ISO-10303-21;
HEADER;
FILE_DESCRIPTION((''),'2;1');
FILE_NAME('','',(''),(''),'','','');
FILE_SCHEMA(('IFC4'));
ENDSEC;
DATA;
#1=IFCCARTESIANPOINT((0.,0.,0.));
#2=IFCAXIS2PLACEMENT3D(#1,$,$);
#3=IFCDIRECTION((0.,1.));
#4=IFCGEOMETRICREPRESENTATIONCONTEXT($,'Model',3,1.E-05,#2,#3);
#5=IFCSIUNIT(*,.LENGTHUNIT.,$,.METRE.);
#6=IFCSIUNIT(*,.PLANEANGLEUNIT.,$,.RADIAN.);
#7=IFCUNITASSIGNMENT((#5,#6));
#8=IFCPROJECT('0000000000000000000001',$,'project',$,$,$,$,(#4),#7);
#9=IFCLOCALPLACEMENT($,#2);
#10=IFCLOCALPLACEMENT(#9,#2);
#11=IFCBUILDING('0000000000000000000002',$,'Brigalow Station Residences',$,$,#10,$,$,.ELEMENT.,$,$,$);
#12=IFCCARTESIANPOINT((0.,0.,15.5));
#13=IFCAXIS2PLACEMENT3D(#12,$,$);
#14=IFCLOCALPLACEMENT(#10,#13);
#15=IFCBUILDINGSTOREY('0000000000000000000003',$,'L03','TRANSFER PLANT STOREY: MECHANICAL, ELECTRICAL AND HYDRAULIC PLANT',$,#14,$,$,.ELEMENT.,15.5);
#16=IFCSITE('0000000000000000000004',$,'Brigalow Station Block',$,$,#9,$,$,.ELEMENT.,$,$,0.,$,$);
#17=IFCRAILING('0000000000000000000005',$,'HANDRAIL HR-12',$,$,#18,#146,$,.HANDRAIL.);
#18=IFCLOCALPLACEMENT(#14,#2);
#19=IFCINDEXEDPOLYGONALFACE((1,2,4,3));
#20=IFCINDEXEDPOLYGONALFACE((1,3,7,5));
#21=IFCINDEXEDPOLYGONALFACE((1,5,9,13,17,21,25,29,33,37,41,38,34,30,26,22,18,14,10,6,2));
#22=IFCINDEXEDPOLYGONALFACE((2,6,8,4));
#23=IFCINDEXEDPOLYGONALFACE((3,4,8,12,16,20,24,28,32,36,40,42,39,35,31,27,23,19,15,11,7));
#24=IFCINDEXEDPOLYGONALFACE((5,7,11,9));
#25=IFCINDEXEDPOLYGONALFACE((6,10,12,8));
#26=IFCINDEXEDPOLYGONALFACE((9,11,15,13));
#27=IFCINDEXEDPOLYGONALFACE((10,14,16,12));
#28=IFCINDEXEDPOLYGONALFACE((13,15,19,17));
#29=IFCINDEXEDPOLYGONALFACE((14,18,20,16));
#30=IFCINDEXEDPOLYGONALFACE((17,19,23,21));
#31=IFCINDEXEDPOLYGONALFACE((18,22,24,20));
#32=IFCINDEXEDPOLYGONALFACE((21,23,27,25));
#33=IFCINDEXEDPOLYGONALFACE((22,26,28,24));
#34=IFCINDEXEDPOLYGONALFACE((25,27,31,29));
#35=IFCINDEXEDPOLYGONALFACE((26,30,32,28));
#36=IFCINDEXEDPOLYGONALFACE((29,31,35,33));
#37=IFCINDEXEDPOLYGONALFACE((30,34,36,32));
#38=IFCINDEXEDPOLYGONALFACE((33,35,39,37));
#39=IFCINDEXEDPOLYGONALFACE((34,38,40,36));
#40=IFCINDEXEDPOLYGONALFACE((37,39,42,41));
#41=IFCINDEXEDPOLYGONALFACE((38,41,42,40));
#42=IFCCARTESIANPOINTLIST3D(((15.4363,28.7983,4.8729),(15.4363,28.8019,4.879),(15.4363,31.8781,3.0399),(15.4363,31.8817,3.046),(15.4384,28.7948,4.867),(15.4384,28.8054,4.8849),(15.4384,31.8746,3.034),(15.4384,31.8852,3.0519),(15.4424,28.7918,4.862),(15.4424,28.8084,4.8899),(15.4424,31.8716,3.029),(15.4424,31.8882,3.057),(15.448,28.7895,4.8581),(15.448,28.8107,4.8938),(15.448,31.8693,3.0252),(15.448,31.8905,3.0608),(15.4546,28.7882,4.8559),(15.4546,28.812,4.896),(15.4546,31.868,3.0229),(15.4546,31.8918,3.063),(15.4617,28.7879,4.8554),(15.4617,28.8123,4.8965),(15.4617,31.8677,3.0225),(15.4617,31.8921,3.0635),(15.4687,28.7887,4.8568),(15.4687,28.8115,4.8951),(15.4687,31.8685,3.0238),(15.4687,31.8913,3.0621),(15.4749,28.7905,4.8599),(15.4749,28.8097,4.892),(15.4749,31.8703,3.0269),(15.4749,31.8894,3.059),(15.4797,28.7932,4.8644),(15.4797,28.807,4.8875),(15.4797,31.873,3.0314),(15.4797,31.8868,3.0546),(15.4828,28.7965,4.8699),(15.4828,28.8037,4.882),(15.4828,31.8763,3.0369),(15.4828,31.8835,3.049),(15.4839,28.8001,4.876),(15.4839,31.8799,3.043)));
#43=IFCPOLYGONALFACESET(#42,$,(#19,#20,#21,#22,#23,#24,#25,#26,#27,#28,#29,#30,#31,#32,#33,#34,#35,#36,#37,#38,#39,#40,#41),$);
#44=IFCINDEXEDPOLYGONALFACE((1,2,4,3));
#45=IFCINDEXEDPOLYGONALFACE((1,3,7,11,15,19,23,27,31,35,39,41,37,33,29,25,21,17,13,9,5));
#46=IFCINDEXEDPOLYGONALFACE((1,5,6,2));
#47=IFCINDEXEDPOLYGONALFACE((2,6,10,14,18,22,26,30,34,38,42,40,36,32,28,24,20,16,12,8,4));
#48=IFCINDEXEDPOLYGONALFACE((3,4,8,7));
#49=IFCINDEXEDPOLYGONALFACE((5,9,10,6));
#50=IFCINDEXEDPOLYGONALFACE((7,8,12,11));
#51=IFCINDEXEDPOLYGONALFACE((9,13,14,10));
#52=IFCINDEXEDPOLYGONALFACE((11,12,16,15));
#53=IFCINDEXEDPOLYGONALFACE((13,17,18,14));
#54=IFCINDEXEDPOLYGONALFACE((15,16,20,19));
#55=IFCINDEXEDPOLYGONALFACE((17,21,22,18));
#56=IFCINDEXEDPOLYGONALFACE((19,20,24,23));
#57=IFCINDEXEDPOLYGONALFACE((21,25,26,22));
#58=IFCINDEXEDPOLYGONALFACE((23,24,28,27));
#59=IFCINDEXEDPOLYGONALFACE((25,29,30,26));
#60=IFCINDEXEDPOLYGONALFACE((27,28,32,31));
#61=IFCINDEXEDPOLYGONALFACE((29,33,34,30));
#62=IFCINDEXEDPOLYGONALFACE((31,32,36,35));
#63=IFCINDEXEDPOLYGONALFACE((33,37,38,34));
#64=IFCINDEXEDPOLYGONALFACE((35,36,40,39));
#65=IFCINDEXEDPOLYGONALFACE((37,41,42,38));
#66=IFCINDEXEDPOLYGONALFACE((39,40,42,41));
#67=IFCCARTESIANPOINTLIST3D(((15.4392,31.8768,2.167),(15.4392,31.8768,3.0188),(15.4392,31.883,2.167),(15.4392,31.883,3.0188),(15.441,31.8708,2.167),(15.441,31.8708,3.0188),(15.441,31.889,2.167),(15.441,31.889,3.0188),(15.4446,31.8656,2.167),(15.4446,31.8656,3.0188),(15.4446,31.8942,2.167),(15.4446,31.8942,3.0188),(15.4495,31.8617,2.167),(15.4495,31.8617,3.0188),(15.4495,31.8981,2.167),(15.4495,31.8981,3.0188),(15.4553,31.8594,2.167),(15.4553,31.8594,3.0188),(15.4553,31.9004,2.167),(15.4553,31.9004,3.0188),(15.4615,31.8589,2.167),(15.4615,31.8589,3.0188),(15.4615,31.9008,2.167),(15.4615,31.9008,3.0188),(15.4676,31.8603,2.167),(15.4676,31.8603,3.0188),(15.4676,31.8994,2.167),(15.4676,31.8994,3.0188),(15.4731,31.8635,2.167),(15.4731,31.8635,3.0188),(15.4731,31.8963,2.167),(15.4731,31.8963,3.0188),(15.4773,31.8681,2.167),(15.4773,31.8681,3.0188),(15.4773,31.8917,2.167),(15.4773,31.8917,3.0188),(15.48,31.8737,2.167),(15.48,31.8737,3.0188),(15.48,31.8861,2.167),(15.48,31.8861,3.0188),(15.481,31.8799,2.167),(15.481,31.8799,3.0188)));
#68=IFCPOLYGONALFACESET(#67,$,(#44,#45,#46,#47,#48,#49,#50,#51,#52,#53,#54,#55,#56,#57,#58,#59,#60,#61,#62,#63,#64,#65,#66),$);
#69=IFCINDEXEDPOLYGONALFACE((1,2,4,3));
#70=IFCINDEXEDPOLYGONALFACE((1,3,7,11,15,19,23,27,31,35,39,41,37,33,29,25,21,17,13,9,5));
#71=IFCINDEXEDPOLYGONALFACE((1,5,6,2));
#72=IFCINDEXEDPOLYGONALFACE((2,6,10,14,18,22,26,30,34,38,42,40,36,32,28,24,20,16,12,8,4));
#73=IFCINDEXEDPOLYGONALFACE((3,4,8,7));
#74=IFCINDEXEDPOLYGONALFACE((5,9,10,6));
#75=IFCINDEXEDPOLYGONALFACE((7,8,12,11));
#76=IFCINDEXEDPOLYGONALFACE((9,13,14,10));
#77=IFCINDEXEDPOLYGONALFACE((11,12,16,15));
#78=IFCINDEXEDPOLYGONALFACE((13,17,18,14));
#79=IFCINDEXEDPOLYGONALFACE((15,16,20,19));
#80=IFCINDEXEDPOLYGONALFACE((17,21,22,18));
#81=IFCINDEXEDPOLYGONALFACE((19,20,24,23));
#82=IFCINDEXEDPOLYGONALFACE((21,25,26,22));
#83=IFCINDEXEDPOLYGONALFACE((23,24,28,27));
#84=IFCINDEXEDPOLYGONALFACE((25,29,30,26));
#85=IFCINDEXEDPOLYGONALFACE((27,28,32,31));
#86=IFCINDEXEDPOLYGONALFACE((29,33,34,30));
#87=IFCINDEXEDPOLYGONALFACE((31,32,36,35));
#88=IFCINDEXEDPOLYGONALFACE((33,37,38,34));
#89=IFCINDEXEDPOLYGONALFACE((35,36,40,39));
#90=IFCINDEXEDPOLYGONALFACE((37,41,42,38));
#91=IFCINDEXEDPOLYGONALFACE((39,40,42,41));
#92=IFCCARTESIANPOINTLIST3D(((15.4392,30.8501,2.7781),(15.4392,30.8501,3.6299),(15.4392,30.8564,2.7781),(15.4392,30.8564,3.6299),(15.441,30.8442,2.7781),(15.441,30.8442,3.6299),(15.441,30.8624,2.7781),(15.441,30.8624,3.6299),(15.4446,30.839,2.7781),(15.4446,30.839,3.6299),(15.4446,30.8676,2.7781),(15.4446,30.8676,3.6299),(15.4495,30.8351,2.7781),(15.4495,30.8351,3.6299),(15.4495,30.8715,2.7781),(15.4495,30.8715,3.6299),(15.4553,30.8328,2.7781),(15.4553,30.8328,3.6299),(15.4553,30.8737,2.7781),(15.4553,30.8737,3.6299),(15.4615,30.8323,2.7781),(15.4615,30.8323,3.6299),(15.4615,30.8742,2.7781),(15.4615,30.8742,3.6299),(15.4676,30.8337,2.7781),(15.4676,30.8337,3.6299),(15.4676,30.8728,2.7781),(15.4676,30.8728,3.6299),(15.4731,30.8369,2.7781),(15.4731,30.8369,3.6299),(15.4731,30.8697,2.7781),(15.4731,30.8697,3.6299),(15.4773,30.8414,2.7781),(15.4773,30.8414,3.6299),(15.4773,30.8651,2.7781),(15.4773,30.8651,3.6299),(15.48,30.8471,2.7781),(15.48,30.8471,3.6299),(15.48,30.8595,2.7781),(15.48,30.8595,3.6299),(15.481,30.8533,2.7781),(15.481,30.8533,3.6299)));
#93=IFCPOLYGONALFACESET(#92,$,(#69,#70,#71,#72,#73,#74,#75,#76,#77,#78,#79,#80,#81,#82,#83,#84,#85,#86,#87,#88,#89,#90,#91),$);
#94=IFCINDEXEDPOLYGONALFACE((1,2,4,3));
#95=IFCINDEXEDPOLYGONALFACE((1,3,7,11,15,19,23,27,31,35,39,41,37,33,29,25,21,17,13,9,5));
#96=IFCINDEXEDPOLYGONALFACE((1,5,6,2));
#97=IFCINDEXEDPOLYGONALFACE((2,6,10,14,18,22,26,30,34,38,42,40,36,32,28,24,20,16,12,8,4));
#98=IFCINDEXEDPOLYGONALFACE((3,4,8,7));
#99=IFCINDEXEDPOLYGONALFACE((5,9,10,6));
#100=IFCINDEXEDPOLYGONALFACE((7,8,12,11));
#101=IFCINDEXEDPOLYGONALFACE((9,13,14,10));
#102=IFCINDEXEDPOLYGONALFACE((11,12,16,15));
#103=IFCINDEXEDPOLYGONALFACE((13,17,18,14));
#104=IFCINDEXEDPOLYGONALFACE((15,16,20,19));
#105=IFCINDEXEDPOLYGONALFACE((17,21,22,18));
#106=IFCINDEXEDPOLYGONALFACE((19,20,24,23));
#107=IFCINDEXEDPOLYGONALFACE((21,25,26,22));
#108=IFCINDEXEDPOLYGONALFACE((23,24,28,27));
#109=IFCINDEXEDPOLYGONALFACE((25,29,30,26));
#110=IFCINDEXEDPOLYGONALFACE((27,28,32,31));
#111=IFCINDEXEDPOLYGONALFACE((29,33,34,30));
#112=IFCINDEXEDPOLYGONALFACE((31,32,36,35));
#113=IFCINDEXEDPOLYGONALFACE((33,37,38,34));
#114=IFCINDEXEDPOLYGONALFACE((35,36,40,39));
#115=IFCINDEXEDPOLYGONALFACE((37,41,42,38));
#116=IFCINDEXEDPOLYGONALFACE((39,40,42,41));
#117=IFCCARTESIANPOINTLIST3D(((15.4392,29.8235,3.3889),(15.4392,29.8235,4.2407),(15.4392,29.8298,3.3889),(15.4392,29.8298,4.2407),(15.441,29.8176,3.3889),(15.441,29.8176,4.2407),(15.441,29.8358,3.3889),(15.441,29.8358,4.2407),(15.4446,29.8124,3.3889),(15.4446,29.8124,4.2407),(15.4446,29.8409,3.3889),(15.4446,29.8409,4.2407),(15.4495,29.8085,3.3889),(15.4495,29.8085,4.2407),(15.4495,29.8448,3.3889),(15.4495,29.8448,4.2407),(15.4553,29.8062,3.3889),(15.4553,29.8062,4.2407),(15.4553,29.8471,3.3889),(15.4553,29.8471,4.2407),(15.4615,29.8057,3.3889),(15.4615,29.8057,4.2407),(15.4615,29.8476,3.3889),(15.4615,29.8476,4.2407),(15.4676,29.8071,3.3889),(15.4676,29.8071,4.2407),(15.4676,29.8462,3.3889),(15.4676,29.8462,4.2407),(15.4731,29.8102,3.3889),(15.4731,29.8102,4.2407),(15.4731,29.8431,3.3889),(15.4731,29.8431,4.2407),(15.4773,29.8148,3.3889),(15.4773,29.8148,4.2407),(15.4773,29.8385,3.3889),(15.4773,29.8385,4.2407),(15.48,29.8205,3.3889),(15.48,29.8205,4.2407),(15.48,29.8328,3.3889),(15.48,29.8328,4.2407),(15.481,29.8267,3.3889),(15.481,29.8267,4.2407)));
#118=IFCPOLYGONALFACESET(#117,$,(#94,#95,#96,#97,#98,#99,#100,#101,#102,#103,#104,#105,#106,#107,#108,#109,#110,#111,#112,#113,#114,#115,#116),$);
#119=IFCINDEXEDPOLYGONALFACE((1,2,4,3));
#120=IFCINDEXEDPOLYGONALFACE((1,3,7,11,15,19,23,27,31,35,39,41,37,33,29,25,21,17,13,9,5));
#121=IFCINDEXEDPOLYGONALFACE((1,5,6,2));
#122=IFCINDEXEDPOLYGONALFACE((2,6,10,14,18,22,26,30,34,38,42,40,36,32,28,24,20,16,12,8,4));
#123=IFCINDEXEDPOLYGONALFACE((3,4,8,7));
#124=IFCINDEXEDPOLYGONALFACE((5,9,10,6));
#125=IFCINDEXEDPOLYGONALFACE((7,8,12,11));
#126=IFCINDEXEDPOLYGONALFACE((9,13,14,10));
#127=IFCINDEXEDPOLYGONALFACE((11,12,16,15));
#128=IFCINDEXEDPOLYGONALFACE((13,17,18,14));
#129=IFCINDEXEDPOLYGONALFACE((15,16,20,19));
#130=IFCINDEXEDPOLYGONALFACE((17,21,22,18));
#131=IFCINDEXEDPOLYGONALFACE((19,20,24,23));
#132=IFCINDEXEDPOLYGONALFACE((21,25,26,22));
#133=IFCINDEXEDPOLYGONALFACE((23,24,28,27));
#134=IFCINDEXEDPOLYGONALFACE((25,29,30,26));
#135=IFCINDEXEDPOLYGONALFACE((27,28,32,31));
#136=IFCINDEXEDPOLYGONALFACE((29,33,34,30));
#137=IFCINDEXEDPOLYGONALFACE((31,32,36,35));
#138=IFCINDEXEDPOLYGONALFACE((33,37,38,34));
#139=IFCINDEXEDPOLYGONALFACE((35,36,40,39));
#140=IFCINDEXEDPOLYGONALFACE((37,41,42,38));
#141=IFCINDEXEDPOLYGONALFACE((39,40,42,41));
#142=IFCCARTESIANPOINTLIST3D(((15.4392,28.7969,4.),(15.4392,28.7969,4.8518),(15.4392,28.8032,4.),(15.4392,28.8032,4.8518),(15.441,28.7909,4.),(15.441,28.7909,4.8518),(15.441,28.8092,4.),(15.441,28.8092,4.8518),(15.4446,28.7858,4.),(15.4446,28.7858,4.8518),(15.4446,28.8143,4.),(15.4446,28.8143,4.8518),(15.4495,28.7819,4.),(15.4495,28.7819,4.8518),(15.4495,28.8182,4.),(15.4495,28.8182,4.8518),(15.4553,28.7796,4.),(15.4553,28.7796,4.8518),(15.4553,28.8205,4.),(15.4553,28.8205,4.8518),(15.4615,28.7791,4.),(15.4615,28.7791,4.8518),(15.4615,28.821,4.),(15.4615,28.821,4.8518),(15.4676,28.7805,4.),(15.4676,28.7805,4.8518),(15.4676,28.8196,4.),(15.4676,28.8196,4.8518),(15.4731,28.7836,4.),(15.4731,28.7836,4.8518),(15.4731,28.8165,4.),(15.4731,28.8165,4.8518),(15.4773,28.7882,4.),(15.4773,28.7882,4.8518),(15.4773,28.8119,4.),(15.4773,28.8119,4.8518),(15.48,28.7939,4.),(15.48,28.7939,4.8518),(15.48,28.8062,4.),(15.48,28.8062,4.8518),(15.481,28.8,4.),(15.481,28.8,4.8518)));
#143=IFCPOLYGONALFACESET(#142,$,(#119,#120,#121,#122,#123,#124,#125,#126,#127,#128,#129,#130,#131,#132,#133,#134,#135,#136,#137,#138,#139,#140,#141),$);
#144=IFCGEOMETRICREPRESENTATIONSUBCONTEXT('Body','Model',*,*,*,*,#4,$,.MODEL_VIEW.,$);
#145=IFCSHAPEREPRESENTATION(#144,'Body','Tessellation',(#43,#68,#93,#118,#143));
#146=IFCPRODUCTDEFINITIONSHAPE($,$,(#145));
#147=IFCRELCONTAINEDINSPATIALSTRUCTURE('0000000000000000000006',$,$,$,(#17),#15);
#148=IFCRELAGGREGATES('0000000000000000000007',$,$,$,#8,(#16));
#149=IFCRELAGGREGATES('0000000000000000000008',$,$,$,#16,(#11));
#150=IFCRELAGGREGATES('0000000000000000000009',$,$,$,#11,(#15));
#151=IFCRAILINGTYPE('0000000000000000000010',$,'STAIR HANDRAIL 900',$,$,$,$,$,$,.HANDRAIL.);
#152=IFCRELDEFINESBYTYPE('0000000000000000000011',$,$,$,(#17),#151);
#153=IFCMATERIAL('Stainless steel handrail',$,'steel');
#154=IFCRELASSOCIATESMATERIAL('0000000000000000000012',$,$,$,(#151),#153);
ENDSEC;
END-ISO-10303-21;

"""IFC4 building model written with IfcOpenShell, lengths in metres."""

from ifc_helpers import new_model, si_unit, direction, frame, origin, origin_2d, place, context, subcontext, project, spatial, circle, extrude, material, type_object, element, save


model = new_model("IFC4")

# Units and contexts
model_context = context("Model", 3, precision=1e-05, world=origin(), true_north=direction((0.0, 1.0)))
body_context = subcontext(model_context, "Body", "Model", "MODEL_VIEW")
ifc_project = project(units=[si_unit("LENGTHUNIT", "METRE"), si_unit("PLANEANGLEUNIT", "RADIAN")], contexts=[model_context])

# Site, building, storey
site_placement = place(None, origin())
site = spatial("IfcSite", under=ifc_project, at=site_placement, Name="Brigalow Station Block", CompositionType="ELEMENT", RefElevation=0.0)
building_placement = place(site_placement, origin())
building = spatial("IfcBuilding", under=site, at=building_placement, Name="Brigalow Station Residences", CompositionType="ELEMENT")
storey_placement = place(building_placement, frame((0.0, 0.0, 15.5)))
storey = spatial("IfcBuildingStorey", under=building, at=storey_placement, Name="L03", Description="TRANSFER PLANT STOREY: MECHANICAL, ELECTRICAL AND HYDRAULIC PLANT", CompositionType="ELEMENT", Elevation=15.5)

# Railing
ifc_material_1 = material(Name="Stainless steel handrail", Category="steel")
railing_type = type_object("IfcRailingType", Name="STAIR HANDRAIL 900", PredefinedType="HANDRAIL", material=ifc_material_1)
railing_placement = place(storey_placement, frame((15.46, 31.8799, 2.167)))
element("IfcRailing", 1, at=railing_placement, inside=storey, type_object=railing_type, Name="HANDRAIL HR-12", PredefinedType="HANDRAIL", context=body_context, shape_type="SweptSolid", body=[
    extrude(circle(Radius=0.0239, at=origin_2d()), frame((0.0, 0.0, 0.876), z_axis=(0.0, -0.859321, 0.511437), x_axis=(1.0, 0.0, 0.0)), (0.0, 0.0, 1.0), 3.584),
    extrude(circle(Radius=0.021, at=origin_2d()), origin(), (0.0, 0.0, 1.0), 0.8518),
    extrude(circle(Radius=0.021, at=origin_2d()), frame((0.0, -1.0266, 0.6111)), (0.0, 0.0, 1.0), 0.8518),
    extrude(circle(Radius=0.021, at=origin_2d()), frame((0.0, -2.0532, 1.2219)), (0.0, 0.0, 1.0), 0.8518),
    extrude(circle(Radius=0.021, at=origin_2d()), frame((0.0, -3.0798, 1.833)), (0.0, 0.0, 1.0), 0.8518),
])

save(model, "model.ifc")
